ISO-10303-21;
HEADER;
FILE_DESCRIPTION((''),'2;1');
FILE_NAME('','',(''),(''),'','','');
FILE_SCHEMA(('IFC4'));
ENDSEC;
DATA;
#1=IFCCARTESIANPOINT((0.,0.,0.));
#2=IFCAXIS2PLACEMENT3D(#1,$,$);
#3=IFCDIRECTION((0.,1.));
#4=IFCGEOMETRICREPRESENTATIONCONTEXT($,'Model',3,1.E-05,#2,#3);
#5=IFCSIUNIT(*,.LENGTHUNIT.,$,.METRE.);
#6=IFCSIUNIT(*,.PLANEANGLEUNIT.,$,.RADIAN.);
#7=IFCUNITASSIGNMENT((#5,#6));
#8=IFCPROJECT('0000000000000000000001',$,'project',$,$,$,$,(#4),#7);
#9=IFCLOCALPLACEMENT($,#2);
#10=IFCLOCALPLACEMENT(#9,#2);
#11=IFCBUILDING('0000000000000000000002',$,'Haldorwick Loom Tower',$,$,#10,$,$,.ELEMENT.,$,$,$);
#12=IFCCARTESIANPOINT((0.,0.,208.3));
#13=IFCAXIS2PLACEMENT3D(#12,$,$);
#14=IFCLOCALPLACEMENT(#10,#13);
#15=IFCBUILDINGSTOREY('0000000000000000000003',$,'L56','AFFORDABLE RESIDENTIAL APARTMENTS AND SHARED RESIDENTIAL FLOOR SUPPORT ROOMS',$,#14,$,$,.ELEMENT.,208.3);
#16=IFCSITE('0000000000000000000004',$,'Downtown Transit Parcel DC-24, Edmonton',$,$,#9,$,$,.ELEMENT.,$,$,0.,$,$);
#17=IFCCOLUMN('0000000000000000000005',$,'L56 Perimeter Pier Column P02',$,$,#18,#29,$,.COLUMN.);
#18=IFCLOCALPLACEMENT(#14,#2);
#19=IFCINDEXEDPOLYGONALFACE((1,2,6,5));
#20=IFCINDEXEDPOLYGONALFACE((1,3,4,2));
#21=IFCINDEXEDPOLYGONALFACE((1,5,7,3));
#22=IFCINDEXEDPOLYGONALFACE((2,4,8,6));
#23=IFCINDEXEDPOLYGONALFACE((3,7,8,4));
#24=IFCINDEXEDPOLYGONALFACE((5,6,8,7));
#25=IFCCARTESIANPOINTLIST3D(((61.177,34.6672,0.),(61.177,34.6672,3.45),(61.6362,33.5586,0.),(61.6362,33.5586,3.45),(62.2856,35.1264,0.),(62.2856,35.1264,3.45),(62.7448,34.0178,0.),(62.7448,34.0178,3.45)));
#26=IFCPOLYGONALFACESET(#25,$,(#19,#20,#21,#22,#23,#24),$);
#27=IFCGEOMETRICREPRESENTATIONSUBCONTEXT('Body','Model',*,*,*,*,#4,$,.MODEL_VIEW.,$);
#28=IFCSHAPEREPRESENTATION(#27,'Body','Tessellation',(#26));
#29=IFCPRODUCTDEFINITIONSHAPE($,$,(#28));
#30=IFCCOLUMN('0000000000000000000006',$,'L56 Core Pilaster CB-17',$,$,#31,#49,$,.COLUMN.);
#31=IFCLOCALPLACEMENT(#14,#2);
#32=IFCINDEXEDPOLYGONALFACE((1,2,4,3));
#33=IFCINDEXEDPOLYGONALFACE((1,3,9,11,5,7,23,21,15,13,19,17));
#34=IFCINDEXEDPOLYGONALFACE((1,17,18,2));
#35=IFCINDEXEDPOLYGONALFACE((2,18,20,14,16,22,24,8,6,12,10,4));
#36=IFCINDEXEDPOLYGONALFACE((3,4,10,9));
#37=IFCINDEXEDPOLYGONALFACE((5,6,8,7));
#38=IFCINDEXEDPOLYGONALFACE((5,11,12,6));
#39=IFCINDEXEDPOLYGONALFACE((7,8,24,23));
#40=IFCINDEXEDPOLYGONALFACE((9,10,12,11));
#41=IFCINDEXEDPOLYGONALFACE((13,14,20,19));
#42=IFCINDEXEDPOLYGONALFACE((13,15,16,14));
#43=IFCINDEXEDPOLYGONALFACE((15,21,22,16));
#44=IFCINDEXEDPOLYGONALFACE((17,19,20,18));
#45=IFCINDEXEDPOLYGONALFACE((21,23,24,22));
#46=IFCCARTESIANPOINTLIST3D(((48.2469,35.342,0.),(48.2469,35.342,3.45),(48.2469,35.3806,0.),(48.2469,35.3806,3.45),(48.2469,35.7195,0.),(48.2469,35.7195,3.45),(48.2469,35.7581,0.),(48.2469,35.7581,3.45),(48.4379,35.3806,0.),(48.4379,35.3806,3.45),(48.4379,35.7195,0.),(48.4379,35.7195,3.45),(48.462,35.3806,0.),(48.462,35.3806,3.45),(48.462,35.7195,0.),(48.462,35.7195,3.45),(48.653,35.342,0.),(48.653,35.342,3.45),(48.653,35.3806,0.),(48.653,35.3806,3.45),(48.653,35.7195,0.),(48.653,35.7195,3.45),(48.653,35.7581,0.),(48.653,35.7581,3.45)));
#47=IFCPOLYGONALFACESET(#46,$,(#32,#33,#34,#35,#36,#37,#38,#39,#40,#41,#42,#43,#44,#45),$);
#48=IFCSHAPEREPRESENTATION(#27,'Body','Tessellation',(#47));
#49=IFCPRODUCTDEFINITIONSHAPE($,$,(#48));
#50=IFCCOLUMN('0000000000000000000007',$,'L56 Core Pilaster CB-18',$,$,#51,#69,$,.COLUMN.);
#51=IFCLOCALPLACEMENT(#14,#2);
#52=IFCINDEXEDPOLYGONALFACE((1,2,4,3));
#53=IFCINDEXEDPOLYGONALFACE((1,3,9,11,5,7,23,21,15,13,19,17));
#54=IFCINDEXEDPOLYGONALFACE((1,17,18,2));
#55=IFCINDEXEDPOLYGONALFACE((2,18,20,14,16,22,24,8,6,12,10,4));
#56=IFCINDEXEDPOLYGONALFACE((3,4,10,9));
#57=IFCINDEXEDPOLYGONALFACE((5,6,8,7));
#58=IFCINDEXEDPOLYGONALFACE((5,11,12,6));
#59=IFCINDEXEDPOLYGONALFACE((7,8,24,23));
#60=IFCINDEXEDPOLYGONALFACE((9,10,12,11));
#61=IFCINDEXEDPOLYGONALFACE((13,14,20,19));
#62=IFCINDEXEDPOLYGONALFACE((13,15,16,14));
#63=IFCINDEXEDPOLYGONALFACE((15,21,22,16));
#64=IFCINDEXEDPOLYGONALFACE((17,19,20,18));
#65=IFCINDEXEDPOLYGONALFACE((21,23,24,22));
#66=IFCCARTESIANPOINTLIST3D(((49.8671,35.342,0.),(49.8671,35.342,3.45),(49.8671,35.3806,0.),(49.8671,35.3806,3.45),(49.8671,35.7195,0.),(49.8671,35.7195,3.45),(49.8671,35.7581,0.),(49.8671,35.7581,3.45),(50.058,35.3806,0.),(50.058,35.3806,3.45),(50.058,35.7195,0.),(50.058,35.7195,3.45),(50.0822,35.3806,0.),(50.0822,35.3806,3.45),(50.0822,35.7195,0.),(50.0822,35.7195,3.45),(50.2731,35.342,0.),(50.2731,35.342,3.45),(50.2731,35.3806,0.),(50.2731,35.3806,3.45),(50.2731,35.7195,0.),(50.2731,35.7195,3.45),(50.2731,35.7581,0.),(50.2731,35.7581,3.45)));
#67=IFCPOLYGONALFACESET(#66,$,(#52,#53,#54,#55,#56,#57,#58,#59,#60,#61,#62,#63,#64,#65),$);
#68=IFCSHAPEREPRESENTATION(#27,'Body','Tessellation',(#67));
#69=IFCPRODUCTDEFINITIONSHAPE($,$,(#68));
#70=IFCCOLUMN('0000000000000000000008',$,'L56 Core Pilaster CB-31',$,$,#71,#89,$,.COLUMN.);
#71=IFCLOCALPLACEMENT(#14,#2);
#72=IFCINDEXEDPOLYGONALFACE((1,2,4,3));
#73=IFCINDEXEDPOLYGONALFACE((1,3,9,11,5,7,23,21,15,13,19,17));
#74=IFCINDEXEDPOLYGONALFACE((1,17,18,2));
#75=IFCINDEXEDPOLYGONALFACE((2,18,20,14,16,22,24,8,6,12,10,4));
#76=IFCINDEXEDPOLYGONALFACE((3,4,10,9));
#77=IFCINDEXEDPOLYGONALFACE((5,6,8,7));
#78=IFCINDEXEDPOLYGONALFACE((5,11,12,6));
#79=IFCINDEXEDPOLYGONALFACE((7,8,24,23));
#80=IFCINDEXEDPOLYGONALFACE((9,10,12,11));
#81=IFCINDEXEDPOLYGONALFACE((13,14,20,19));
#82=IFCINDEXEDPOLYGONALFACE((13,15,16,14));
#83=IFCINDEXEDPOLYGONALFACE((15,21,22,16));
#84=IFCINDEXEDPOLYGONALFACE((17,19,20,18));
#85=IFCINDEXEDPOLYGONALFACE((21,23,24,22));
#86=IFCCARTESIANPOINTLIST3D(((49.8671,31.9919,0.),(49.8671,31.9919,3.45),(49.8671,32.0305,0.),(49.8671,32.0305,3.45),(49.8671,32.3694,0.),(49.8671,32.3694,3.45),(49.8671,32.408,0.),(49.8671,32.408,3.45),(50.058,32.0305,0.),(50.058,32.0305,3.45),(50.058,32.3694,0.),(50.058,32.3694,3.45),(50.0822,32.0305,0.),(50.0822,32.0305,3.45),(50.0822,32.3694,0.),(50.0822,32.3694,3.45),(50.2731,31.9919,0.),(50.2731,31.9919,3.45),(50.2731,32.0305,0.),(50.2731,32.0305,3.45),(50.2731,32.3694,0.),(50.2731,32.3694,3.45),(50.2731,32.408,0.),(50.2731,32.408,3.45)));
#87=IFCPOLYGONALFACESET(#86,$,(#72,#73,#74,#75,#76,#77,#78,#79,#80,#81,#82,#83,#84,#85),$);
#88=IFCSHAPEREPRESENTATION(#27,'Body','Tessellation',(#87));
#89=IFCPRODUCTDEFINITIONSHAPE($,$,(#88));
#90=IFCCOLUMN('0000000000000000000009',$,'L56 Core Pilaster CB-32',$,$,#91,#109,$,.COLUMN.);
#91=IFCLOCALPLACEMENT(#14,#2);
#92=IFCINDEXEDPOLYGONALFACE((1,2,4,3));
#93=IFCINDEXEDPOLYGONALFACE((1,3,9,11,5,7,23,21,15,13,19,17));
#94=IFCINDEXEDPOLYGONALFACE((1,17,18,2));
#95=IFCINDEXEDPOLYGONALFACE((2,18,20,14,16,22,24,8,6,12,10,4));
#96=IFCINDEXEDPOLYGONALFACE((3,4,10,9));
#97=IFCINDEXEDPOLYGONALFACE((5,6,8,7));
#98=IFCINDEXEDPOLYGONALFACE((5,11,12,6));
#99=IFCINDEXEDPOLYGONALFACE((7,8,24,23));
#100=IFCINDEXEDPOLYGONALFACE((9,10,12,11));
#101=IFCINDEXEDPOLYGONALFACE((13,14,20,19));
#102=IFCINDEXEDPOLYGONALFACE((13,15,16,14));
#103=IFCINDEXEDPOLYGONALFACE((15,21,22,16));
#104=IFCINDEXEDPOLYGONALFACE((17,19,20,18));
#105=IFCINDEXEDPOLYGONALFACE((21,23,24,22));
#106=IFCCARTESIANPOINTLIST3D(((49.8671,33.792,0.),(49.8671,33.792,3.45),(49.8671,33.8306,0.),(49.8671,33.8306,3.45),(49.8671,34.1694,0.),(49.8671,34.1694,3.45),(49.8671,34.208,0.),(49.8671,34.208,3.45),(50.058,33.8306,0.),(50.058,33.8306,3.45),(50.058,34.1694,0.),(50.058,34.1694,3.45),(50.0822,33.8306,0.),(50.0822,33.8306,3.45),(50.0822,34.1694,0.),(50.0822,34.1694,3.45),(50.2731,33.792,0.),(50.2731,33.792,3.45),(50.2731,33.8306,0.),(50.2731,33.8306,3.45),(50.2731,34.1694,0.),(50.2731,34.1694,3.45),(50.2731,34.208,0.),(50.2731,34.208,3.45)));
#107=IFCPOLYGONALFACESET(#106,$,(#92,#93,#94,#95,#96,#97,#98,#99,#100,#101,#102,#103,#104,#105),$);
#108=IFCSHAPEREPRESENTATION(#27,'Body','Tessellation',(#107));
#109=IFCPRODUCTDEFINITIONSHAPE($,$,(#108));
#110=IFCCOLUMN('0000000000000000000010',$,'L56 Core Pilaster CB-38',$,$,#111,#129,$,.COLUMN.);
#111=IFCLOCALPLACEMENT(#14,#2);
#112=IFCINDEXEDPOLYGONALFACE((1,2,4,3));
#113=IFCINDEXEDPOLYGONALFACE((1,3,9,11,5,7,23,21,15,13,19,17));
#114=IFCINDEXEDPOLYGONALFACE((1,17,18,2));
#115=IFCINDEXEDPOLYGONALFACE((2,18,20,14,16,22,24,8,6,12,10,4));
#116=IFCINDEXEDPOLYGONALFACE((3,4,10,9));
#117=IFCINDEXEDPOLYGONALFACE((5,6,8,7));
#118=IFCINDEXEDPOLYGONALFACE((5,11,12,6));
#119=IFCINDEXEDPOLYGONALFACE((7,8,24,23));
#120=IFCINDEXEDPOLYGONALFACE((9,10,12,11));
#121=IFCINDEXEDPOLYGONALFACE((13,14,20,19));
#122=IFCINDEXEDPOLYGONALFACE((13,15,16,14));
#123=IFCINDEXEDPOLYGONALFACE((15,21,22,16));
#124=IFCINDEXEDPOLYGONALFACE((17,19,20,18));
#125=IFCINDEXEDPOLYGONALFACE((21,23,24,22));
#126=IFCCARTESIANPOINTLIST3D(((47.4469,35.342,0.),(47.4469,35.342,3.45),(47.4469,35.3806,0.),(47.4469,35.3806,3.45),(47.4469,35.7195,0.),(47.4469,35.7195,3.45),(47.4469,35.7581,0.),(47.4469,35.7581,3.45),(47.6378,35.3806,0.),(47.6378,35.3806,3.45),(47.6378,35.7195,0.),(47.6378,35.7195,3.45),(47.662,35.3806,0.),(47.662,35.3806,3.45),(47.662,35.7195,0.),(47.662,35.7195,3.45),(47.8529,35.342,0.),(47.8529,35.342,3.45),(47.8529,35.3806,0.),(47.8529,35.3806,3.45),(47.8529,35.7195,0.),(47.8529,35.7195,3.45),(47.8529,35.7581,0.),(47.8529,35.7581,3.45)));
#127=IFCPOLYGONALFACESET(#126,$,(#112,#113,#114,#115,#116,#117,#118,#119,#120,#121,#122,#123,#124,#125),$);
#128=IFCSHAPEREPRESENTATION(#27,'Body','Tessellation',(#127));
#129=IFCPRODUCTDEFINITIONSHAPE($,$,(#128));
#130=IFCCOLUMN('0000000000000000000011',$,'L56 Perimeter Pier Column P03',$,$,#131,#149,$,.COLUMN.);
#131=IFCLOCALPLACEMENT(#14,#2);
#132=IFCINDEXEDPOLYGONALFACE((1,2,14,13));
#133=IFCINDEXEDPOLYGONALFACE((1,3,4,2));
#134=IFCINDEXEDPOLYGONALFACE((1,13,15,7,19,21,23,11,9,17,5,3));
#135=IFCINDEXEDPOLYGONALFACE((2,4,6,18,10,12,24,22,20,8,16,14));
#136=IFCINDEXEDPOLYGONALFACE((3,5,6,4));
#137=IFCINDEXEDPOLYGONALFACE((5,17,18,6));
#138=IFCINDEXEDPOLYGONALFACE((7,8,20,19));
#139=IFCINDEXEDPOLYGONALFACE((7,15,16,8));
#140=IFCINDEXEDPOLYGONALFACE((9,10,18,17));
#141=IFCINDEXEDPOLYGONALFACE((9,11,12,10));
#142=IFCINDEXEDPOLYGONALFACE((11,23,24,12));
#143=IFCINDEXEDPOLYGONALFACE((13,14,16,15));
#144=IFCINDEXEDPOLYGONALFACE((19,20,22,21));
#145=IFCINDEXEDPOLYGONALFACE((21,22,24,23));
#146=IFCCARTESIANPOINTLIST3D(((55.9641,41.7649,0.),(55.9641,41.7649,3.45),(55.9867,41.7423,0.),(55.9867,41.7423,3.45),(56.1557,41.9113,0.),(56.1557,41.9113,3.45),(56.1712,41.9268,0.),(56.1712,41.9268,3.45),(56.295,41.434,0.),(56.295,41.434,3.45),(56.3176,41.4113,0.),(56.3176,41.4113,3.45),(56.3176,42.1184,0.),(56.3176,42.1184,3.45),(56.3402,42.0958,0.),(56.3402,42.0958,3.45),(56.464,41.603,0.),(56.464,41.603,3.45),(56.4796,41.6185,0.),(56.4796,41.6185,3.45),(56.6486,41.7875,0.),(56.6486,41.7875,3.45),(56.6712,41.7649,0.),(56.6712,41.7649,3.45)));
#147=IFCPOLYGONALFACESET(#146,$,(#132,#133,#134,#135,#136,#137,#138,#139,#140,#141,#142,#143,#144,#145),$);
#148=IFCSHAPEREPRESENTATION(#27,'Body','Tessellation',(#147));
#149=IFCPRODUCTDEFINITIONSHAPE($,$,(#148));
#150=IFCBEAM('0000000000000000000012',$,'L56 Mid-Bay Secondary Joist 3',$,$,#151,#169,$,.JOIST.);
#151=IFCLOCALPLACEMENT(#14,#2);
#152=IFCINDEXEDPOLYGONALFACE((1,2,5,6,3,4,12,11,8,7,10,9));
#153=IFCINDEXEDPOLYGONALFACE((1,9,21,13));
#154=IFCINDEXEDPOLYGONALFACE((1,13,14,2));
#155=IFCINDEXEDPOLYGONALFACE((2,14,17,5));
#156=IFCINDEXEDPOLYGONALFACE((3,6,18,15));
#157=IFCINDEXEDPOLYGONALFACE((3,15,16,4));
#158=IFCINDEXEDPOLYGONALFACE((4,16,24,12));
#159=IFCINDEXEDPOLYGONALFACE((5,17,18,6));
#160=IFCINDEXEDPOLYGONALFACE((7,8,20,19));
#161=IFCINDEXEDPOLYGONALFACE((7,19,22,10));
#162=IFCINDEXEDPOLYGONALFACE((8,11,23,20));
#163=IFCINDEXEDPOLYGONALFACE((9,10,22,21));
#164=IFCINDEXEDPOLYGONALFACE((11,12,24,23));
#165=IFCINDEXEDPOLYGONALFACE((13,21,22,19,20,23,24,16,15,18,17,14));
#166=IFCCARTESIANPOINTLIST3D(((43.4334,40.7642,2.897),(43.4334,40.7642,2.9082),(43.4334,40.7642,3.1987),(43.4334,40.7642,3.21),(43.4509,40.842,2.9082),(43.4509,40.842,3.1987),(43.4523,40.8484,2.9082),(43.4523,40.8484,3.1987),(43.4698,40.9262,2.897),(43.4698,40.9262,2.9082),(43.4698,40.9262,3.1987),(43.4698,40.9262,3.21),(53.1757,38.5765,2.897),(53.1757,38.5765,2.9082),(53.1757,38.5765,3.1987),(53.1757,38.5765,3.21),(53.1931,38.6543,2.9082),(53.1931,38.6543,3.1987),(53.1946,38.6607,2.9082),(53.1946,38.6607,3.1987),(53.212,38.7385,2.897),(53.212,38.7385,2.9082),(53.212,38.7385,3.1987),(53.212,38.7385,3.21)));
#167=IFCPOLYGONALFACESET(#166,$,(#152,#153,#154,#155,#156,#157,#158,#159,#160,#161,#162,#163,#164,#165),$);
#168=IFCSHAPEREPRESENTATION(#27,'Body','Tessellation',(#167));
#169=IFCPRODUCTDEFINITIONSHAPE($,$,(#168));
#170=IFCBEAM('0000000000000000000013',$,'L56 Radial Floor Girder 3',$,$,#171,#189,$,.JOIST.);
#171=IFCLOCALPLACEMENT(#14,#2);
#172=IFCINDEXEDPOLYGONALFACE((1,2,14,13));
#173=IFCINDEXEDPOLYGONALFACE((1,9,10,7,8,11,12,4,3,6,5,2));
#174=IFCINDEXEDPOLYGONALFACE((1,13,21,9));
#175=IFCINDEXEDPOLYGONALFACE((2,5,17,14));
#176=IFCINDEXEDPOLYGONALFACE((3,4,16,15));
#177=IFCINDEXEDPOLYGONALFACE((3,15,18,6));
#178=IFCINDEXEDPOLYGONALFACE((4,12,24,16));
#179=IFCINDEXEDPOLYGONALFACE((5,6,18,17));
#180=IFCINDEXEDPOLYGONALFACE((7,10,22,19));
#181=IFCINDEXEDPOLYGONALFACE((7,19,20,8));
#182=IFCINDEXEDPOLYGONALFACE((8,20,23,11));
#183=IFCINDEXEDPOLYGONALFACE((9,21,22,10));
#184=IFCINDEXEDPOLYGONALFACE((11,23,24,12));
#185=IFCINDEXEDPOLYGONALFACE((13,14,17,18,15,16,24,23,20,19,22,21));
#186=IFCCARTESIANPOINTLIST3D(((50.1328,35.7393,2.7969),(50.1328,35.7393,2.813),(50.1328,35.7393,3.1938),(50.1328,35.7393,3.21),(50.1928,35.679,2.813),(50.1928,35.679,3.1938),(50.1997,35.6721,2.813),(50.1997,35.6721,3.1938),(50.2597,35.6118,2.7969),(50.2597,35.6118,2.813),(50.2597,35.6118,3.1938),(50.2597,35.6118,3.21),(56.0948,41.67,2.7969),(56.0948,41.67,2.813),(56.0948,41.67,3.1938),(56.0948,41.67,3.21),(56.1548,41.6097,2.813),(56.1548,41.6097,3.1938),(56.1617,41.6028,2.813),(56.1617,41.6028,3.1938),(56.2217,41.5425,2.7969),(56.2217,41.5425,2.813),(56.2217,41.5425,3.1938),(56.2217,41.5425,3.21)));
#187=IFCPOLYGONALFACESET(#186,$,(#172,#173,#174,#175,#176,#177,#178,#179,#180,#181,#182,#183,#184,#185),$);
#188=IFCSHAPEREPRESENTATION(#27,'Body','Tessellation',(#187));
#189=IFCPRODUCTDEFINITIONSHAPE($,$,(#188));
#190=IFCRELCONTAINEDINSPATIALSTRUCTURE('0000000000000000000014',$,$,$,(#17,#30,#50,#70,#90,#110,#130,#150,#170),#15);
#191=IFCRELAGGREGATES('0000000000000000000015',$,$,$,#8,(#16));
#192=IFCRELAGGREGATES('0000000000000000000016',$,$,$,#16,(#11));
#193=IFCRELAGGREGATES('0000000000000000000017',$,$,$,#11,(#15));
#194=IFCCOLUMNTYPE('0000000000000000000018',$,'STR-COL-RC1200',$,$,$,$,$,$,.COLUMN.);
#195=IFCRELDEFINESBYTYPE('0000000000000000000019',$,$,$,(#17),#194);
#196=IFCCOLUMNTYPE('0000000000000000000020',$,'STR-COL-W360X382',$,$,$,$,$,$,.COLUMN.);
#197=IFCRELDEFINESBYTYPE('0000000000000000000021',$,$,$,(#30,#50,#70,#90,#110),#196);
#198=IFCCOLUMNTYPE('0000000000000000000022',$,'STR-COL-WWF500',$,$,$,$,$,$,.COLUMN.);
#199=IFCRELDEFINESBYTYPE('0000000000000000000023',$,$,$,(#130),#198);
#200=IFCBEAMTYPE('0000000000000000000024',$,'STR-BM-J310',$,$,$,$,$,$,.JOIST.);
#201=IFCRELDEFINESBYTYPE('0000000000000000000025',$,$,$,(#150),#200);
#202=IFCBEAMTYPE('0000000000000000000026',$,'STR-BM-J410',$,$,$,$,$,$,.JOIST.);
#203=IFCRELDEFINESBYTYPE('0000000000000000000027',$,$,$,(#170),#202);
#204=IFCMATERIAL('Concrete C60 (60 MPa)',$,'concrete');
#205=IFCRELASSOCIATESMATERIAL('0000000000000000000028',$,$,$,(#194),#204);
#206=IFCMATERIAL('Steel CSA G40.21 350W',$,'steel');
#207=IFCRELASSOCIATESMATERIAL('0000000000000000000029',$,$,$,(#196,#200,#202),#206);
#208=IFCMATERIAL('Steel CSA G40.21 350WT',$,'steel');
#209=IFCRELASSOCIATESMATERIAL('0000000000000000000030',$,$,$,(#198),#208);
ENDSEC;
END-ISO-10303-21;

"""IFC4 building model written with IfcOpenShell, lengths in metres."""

from ifc_helpers import new_model, si_unit, direction, frame, origin, origin_2d, place, context, subcontext, project, spatial, rectangle, i_section, extrude, material, material_profile, profile_set, type_object, element, save


model = new_model("IFC4")

# Units and contexts
model_context = context("Model", 3, precision=1e-05, world=origin(), true_north=direction((0.0, 1.0)))
body_context = subcontext(model_context, "Body", "Model", "MODEL_VIEW")
ifc_project = project(units=[si_unit("LENGTHUNIT", "METRE"), si_unit("PLANEANGLEUNIT", "RADIAN")], contexts=[model_context])

# Site, building, storey
site_placement = place(None, origin())
site = spatial("IfcSite", under=ifc_project, at=site_placement, Name="Downtown Transit Parcel DC-24, Edmonton", CompositionType="ELEMENT", RefElevation=0.0)
building_placement = place(site_placement, origin())
building = spatial("IfcBuilding", under=site, at=building_placement, Name="Haldorwick Loom Tower", CompositionType="ELEMENT")
storey_placement = place(building_placement, frame((0.0, 0.0, 208.3)))
storey = spatial("IfcBuildingStorey", under=building, at=storey_placement, Name="L56", Description="AFFORDABLE RESIDENTIAL APARTMENTS AND SHARED RESIDENTIAL FLOOR SUPPORT ROOMS", CompositionType="ELEMENT", Elevation=208.3)

# Columns
ifc_material_1 = material(Name="Concrete C60 (60 MPa)", Category="concrete")
ifc_material_profile_1 = material_profile(ifc_material_1, rectangle(XDim=1.2, YDim=1.2, at=origin_2d()), Name="RC1200X1200", Category="concrete")
ifc_profile_set_1 = profile_set([ifc_material_profile_1], Name="Concrete C60 (60 MPa)")
column_type_1 = type_object("IfcColumnType", Name="STR-COL-RC1200", PredefinedType="COLUMN", material=ifc_profile_set_1)
column_1_placement = place(storey_placement, frame((61.9609, 34.3425, 0.0), z_axis=(0.0, 0.0, 1.0), x_axis=(0.92388, 0.382683, 0.0)))
element("IfcColumn", 1, at=column_1_placement, inside=storey, type_object=column_type_1, Name="L56 Perimeter Pier Column P02", PredefinedType="COLUMN", context=body_context, shape_type="SweptSolid", body=[
    extrude(rectangle(XDim=1.2, YDim=1.2, at=origin_2d()), origin(), (0.0, 0.0, 1.0), 3.45),
])
ifc_material_2 = material(Name="Steel CSA G40.21 350W", Category="steel")
ifc_material_profile_2 = material_profile(ifc_material_2, i_section(OverallWidth=0.406, OverallDepth=0.416, WebThickness=0.0242, FlangeThickness=0.0386, at=origin_2d()), Name="W360X382", Category="steel")
ifc_profile_set_2 = profile_set([ifc_material_profile_2], Name="Steel CSA G40.21 350W")
column_type_2 = type_object("IfcColumnType", Name="STR-COL-W360X382", PredefinedType="COLUMN", material=ifc_profile_set_2)
for number, where, z_axis, x_axis, name in (
    (2, (48.45, 35.55, 0.0), (0.0, 0.0, 1.0), (1.0, 0.0, 0.0), "L56 Core Pilaster CB-17"),
    (3, (50.0701, 35.55, 0.0), (0.0, 0.0, 1.0), (1.0, 0.0, 0.0), "L56 Core Pilaster CB-18"),
    (4, (50.0701, 32.2, 0.0), (0.0, 0.0, 1.0), (1.0, 0.0, 0.0), "L56 Core Pilaster CB-31"),
    (5, (50.0701, 34.0, 0.0), (0.0, 0.0, 1.0), (1.0, 0.0, 0.0), "L56 Core Pilaster CB-32"),
    (6, (47.6499, 35.55, 0.0), (0.0, 0.0, 1.0), (1.0, 0.0, 0.0), "L56 Core Pilaster CB-38"),
):
    element("IfcColumn", number, at=place(storey_placement, frame(where, z_axis=z_axis, x_axis=x_axis)), inside=storey, type_object=column_type_2, Name=name, PredefinedType="COLUMN", context=body_context, shape_type="SweptSolid", body=[
        extrude(i_section(OverallWidth=0.406, OverallDepth=0.416, WebThickness=0.0242, FlangeThickness=0.0386, at=origin_2d()), origin(), (0.0, 0.0, 1.0), 3.45),
    ])
ifc_material_3 = material(Name="Steel CSA G40.21 350WT", Category="steel")
ifc_material_profile_3 = material_profile(ifc_material_3, i_section(OverallWidth=0.5, OverallDepth=0.5, WebThickness=0.022, FlangeThickness=0.032, at=origin_2d()), Name="WWF500X500", Category="steel")
ifc_profile_set_3 = profile_set([ifc_material_profile_3], Name="Steel CSA G40.21 350WT")
column_type_3 = type_object("IfcColumnType", Name="STR-COL-WWF500", PredefinedType="COLUMN", material=ifc_profile_set_3)
column_2_placement = place(storey_placement, frame((56.3176, 41.7649, 0.0), z_axis=(0.0, 0.0, 1.0), x_axis=(0.707107, 0.707107, 0.0)))
element("IfcColumn", 7, at=column_2_placement, inside=storey, type_object=column_type_3, Name="L56 Perimeter Pier Column P03", PredefinedType="COLUMN", context=body_context, shape_type="SweptSolid", body=[
    extrude(i_section(OverallWidth=0.5, OverallDepth=0.5, WebThickness=0.022, FlangeThickness=0.032, at=origin_2d()), origin(), (0.0, 0.0, 1.0), 3.45),
])

# Beams
ifc_material_profile_4 = material_profile(ifc_material_2, i_section(OverallWidth=0.166, OverallDepth=0.313, WebThickness=0.0066, FlangeThickness=0.0112, at=origin_2d()), Name="W310X45", Category="steel")
ifc_profile_set_4 = profile_set([ifc_material_profile_4], Name="Steel CSA G40.21 350W")
beam_type_1 = type_object("IfcBeamType", Name="STR-BM-J310", PredefinedType="JOIST", material=ifc_profile_set_4)
beam_1_placement = place(storey_placement, frame((53.1938, 38.6575, 3.0535), z_axis=(-0.975701, 0.219107, 0.0), x_axis=(-0.219107, -0.975701, 0.0)))
element("IfcBeam", 8, at=beam_1_placement, inside=storey, type_object=beam_type_1, Name="L56 Mid-Bay Secondary Joist 3", PredefinedType="JOIST", context=body_context, shape_type="SweptSolid", body=[
    extrude(i_section(OverallWidth=0.166, OverallDepth=0.313, WebThickness=0.0066, FlangeThickness=0.0112, at=origin_2d()), origin(), (0.0, 0.0, 1.0), 9.9849),
])
ifc_material_profile_5 = material_profile(ifc_material_2, i_section(OverallWidth=0.1799, OverallDepth=0.4131, WebThickness=0.0098, FlangeThickness=0.0161, at=origin_2d()), Name="W410X74", Category="steel")
ifc_profile_set_5 = profile_set([ifc_material_profile_5], Name="Steel CSA G40.21 350W")
beam_type_2 = type_object("IfcBeamType", Name="STR-BM-J410", PredefinedType="JOIST", material=ifc_profile_set_5)
beam_2_placement = place(storey_placement, frame((50.1963, 35.6755, 3.0034), z_axis=(0.708962, 0.705246, 0.0), x_axis=(-0.705246, 0.708962, 0.0)))
element("IfcBeam", 9, at=beam_2_placement, inside=storey, type_object=beam_type_2, Name="L56 Radial Floor Girder 3", PredefinedType="JOIST", context=body_context, shape_type="SweptSolid", body=[
    extrude(i_section(OverallWidth=0.1799, OverallDepth=0.4131, WebThickness=0.0098, FlangeThickness=0.0161, at=origin_2d()), origin(), (0.0, 0.0, 1.0), 8.4094),
])

save(model, "model.ifc")
